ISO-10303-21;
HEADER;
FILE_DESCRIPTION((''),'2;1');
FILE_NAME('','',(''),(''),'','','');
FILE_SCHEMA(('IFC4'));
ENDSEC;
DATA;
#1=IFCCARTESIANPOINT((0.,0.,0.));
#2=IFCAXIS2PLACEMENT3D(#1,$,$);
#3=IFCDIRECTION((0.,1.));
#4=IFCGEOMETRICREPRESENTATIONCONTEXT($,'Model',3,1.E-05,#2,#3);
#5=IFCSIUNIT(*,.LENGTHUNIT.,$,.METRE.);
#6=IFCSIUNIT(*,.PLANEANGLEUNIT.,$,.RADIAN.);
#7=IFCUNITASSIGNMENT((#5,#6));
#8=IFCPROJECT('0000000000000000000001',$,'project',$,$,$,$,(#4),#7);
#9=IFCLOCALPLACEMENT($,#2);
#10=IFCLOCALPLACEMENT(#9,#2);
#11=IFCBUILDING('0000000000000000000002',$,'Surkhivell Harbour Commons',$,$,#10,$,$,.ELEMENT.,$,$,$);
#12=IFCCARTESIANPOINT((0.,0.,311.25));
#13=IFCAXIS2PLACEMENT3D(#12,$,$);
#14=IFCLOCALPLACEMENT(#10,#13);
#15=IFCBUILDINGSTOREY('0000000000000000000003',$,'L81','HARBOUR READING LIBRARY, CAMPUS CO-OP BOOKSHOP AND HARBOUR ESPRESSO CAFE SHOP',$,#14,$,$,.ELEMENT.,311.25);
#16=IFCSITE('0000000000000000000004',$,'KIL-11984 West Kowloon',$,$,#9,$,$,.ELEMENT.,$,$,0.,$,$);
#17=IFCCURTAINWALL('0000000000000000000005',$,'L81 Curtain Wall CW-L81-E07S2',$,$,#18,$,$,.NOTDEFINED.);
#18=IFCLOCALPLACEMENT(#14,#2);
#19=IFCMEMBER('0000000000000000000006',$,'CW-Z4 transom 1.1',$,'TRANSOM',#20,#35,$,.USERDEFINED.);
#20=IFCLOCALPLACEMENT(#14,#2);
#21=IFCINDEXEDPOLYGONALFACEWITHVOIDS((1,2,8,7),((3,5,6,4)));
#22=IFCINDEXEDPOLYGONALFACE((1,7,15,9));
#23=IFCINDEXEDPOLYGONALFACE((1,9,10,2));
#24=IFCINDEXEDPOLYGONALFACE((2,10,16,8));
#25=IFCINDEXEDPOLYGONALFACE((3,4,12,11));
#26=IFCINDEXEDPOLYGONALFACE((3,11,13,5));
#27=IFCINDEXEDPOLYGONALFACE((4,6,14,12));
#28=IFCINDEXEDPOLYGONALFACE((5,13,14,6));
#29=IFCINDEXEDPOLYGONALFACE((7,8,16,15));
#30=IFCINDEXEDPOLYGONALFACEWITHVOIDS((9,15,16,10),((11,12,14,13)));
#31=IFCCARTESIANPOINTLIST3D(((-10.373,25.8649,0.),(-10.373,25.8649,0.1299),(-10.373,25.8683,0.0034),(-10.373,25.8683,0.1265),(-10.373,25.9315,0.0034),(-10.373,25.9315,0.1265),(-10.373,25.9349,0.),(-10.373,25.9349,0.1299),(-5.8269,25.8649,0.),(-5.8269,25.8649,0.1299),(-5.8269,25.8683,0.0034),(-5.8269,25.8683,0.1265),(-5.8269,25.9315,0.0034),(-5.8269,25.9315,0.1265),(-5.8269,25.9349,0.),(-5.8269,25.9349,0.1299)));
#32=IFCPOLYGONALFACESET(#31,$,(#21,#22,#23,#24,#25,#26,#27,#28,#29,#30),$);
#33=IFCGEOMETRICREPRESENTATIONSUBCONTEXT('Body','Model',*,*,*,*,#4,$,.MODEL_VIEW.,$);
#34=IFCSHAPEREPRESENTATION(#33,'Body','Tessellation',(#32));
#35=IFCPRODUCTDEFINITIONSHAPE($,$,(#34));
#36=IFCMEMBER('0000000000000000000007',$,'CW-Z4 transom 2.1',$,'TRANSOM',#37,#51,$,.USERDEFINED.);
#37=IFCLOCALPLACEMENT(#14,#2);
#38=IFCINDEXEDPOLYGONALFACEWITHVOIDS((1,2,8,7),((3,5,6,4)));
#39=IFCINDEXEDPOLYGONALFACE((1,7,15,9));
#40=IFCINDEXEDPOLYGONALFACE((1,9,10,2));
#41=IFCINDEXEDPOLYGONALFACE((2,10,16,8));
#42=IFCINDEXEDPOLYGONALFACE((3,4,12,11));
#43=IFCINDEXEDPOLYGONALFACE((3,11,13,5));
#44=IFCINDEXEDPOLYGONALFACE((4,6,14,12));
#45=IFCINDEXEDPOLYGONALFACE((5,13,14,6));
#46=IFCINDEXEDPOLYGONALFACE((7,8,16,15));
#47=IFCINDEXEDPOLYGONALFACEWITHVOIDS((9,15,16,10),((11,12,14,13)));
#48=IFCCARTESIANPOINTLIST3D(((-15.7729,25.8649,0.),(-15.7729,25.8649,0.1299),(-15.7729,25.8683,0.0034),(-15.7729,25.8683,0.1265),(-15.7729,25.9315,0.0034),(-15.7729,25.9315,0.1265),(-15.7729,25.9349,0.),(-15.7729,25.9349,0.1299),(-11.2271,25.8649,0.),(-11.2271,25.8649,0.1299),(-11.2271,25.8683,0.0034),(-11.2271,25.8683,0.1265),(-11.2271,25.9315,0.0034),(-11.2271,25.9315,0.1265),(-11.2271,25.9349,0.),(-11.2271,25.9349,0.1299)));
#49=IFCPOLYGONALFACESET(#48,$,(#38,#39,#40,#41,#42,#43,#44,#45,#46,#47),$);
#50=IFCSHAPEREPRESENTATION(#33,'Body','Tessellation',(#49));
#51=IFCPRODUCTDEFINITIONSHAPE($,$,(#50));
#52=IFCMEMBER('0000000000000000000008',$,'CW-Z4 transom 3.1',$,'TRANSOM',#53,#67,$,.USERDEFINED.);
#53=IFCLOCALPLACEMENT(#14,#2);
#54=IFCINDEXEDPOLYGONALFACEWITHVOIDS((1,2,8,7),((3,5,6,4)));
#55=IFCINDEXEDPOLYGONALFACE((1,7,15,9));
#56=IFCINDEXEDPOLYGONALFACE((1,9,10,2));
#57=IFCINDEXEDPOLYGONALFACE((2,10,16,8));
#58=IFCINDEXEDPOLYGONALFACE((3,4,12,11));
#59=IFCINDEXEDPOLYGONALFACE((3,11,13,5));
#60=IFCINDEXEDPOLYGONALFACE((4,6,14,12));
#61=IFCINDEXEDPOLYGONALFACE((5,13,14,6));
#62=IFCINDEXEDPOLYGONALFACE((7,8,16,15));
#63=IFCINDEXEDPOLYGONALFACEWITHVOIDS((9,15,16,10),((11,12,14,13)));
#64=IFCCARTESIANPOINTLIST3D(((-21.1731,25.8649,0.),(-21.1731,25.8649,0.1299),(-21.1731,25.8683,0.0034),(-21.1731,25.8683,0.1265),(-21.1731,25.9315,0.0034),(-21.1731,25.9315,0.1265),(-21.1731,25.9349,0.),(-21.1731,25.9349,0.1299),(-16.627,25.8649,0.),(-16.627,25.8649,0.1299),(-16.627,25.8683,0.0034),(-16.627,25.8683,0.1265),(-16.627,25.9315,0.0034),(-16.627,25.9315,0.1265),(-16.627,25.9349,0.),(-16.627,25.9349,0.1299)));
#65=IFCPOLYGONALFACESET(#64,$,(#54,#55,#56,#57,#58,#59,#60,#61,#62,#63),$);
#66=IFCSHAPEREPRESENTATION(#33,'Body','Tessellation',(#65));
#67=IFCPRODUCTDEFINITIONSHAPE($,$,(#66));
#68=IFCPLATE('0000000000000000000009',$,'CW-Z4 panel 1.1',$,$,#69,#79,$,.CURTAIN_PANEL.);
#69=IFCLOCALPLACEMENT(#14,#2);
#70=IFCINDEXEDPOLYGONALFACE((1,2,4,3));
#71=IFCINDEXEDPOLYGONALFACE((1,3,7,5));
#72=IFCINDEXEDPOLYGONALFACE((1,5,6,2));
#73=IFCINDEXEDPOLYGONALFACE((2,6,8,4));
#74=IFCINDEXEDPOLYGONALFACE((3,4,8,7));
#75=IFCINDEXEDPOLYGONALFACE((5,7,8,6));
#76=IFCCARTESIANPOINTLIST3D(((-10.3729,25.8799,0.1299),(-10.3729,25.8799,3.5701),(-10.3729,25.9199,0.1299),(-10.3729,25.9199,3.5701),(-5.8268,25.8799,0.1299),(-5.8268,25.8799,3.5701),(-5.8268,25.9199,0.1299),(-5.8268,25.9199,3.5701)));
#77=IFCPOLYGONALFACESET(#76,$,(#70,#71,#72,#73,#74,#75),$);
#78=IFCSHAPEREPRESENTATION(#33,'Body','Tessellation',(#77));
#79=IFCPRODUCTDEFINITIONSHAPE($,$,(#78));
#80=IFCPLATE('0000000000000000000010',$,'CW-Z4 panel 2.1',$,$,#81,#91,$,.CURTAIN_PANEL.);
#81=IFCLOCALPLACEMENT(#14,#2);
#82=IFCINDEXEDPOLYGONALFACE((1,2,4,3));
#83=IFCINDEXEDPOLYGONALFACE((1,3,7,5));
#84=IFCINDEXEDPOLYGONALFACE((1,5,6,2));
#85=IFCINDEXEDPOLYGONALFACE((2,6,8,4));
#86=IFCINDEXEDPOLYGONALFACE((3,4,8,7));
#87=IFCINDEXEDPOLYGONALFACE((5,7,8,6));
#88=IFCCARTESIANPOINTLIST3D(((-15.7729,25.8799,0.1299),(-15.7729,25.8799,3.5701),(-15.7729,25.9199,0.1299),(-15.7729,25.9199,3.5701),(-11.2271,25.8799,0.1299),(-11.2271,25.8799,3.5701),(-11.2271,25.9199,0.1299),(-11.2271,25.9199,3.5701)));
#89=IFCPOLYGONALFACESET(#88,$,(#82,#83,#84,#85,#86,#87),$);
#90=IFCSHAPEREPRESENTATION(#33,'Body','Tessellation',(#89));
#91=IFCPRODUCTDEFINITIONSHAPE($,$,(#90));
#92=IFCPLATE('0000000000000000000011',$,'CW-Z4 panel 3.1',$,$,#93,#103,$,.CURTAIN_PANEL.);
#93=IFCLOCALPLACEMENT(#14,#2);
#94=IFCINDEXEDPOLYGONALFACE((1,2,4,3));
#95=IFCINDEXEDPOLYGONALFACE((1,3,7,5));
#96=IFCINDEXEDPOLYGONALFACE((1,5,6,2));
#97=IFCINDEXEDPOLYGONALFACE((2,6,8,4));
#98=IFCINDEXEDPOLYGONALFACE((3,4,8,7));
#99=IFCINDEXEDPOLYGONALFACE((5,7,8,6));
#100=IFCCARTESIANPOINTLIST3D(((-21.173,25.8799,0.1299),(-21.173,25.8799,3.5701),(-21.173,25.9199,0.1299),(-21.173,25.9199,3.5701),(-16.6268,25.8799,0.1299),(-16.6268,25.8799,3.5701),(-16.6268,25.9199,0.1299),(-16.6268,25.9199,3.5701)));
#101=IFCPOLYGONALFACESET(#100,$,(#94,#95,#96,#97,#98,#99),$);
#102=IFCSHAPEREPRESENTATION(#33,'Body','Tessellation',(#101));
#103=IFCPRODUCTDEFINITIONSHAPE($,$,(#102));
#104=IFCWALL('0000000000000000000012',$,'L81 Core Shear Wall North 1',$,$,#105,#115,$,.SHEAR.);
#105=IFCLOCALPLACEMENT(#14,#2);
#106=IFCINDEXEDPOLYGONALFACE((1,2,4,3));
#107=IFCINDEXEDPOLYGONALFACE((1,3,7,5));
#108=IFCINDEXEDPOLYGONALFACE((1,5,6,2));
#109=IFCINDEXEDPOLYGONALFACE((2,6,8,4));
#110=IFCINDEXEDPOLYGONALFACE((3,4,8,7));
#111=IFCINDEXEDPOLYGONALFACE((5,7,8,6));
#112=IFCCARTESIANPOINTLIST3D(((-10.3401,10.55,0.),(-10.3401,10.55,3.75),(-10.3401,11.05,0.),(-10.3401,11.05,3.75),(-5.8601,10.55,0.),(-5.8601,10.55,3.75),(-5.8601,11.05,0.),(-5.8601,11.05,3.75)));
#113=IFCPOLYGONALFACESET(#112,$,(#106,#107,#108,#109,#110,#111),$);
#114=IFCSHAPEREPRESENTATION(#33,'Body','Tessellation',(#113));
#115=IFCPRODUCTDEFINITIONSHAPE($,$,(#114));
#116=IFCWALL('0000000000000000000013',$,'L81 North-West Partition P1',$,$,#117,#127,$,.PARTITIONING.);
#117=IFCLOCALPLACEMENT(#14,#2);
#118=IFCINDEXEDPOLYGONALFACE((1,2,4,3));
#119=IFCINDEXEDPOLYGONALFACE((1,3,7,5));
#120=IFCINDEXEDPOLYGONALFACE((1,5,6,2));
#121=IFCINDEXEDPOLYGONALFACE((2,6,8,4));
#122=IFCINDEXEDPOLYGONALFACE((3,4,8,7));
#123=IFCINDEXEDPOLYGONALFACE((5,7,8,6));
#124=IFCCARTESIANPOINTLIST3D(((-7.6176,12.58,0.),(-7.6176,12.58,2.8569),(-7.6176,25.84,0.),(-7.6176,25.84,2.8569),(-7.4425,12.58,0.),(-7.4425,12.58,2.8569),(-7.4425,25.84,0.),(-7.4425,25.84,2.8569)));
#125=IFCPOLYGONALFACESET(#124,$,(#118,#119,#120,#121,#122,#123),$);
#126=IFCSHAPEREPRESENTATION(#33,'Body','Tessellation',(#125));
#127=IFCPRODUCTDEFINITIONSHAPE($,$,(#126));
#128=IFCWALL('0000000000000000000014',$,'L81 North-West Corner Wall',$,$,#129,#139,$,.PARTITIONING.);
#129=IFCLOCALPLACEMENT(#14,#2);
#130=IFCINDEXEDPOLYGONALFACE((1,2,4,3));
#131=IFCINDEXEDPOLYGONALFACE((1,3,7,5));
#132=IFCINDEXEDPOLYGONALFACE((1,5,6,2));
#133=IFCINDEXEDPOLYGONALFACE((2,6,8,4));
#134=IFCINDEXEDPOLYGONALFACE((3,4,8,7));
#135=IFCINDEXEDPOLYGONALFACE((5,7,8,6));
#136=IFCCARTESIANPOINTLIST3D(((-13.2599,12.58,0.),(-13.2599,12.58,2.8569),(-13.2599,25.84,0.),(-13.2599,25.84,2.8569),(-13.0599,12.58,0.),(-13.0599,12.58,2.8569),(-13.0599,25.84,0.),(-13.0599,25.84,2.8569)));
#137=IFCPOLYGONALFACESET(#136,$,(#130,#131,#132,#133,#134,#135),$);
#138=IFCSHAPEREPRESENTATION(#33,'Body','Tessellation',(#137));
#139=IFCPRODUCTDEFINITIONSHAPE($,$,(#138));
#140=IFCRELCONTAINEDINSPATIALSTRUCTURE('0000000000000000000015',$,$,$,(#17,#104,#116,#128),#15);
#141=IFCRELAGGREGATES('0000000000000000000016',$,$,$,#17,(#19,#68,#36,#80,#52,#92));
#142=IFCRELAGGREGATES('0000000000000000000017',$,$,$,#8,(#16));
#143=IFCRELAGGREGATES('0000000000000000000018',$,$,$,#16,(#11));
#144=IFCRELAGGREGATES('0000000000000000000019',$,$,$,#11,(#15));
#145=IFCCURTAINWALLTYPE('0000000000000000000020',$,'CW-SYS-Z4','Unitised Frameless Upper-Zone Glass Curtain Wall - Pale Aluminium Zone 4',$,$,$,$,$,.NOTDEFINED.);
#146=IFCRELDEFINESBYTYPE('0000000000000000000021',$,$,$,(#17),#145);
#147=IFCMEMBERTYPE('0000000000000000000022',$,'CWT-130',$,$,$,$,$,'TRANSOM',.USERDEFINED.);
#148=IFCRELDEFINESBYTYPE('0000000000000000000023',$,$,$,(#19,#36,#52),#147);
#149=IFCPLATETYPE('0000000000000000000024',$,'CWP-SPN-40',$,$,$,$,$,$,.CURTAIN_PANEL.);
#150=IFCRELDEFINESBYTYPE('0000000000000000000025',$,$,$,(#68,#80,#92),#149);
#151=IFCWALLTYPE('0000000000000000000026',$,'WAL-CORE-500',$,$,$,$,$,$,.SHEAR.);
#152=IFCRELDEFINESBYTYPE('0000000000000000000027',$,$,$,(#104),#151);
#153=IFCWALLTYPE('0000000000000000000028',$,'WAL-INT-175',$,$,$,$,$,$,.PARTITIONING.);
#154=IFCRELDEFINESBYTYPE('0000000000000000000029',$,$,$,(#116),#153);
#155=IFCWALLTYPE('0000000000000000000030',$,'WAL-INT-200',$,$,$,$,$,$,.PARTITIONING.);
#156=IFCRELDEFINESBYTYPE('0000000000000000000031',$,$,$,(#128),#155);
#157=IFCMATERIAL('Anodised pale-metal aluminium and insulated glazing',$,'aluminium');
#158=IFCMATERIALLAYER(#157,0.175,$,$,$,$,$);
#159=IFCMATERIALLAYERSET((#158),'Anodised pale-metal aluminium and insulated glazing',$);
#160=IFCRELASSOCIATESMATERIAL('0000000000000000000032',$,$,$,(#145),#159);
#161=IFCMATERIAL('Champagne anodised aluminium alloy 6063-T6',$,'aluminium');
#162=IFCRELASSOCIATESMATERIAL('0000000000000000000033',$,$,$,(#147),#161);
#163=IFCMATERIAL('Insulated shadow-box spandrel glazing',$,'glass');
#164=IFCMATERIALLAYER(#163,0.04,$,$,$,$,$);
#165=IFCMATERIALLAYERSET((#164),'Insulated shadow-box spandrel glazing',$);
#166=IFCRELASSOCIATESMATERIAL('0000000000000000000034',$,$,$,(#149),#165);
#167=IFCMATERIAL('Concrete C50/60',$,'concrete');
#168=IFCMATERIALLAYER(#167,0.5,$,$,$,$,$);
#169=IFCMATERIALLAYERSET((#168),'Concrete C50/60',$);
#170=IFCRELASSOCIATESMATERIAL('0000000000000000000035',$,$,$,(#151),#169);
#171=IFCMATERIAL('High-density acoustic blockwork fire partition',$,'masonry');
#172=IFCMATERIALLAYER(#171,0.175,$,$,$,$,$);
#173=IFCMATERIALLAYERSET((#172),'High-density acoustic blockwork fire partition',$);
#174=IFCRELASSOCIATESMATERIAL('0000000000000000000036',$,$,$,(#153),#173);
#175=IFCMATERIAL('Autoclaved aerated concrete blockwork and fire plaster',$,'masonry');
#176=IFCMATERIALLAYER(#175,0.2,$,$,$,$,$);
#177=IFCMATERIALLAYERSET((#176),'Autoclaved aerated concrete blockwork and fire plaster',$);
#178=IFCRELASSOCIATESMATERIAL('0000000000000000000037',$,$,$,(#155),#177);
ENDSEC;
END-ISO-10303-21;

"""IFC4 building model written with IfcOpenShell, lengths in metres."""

from ifc_helpers import new_model, si_unit, direction, frame, frame_2d, origin, origin_2d, place, context, subcontext, project, spatial, rectangle, hollow_rectangle, extrude, material, layer, layer_set, material_profile, profile_set, type_object, element, aggregate, save


model = new_model("IFC4")

# Units and contexts
model_context = context("Model", 3, precision=1e-05, world=origin(), true_north=direction((0.0, 1.0)))
body_context = subcontext(model_context, "Body", "Model", "MODEL_VIEW")
ifc_project = project(units=[si_unit("LENGTHUNIT", "METRE"), si_unit("PLANEANGLEUNIT", "RADIAN")], contexts=[model_context])

# Site, building, storey
site_placement = place(None, origin())
site = spatial("IfcSite", under=ifc_project, at=site_placement, Name="KIL-11984 West Kowloon", CompositionType="ELEMENT", RefElevation=0.0)
building_placement = place(site_placement, origin())
building = spatial("IfcBuilding", under=site, at=building_placement, Name="Surkhivell Harbour Commons", CompositionType="ELEMENT")
storey_placement = place(building_placement, frame((0.0, 0.0, 311.25)))
storey = spatial("IfcBuildingStorey", under=building, at=storey_placement, Name="L81", Description="HARBOUR READING LIBRARY, CAMPUS CO-OP BOOKSHOP AND HARBOUR ESPRESSO CAFE SHOP", CompositionType="ELEMENT", Elevation=311.25)

# Shared definitions
ifc_material_1 = material(Name="Concrete C50/60", Category="concrete")

# Curtain wall, members, plates
ifc_material_2 = material(Name="Anodised pale-metal aluminium and insulated glazing", Category="aluminium")
ifc_layer_1 = layer(ifc_material_2, 0.175)
ifc_layer_set_1 = layer_set([ifc_layer_1], Name="Anodised pale-metal aluminium and insulated glazing")
curtain_wall_type = type_object("IfcCurtainWallType", Name="CW-SYS-Z4", Description="Unitised Frameless Upper-Zone Glass Curtain Wall - Pale Aluminium Zone 4", PredefinedType="NOTDEFINED", material=ifc_layer_set_1)
curtain_wall_placement = place(storey_placement, origin())
curtain_wall = element("IfcCurtainWall", 1, at=curtain_wall_placement, inside=storey, type_object=curtain_wall_type, Name="L81 Curtain Wall CW-L81-E07S2", PredefinedType="NOTDEFINED")
ifc_material_3 = material(Name="Champagne anodised aluminium alloy 6063-T6", Category="aluminium")
ifc_material_profile_1 = material_profile(ifc_material_3, hollow_rectangle(XDim=0.0701, YDim=0.1299, WallThickness=0.0034, at=origin_2d()), Name="ALU-TRAN-70x130")
ifc_profile_set_1 = profile_set([ifc_material_profile_1], Name="Champagne anodised aluminium alloy 6063-T6")
member_type_1 = type_object("IfcMemberType", Name="CWT-130", ElementType="TRANSOM", PredefinedType="USERDEFINED", material=ifc_profile_set_1)
member_1_placement = place(storey_placement, frame((-5.8269, 25.8999, 0.0649), z_axis=(-1.0, 0.0, 0.0), x_axis=(0.0, -1.0, 0.0)))
member_1 = element("IfcMember", 2, at=member_1_placement, type_object=member_type_1, Name="CW-Z4 transom 1.1", ObjectType="TRANSOM", PredefinedType="USERDEFINED", context=body_context, shape_type="SweptSolid", body=[
    extrude(hollow_rectangle(XDim=0.0701, YDim=0.1299, WallThickness=0.0034, at=origin_2d()), origin(), (0.0, 0.0, 1.0), 4.5461),
])
member_2_placement = place(storey_placement, frame((-11.2271, 25.8999, 0.0649), z_axis=(-1.0, 0.0, 0.0), x_axis=(0.0, -1.0, 0.0)))
member_2 = element("IfcMember", 3, at=member_2_placement, type_object=member_type_1, Name="CW-Z4 transom 2.1", ObjectType="TRANSOM", PredefinedType="USERDEFINED", context=body_context, shape_type="SweptSolid", body=[
    extrude(hollow_rectangle(XDim=0.0701, YDim=0.1299, WallThickness=0.0034, at=origin_2d()), origin(), (0.0, 0.0, 1.0), 4.5459),
])
member_3_placement = place(storey_placement, frame((-16.627, 25.8999, 0.0649), z_axis=(-1.0, 0.0, 0.0), x_axis=(0.0, -1.0, 0.0)))
member_3 = element("IfcMember", 4, at=member_3_placement, type_object=member_type_1, Name="CW-Z4 transom 3.1", ObjectType="TRANSOM", PredefinedType="USERDEFINED", context=body_context, shape_type="SweptSolid", body=[
    extrude(hollow_rectangle(XDim=0.0701, YDim=0.1299, WallThickness=0.0034, at=origin_2d()), origin(), (0.0, 0.0, 1.0), 4.5461),
])
ifc_material_4 = material(Name="Insulated shadow-box spandrel glazing", Category="glass")
ifc_layer_2 = layer(ifc_material_4, 0.04)
ifc_layer_set_2 = layer_set([ifc_layer_2], Name="Insulated shadow-box spandrel glazing")
plate_type = type_object("IfcPlateType", Name="CWP-SPN-40", PredefinedType="CURTAIN_PANEL", material=ifc_layer_set_2)
plate_1_placement = place(storey_placement, frame((-5.8269, 25.8999, 0.1299), z_axis=(0.0, 0.0, 1.0), x_axis=(-1.0, 0.0, 0.0)))
plate_1 = element("IfcPlate", 5, at=plate_1_placement, type_object=plate_type, Name="CW-Z4 panel 1.1", PredefinedType="CURTAIN_PANEL", context=body_context, shape_type="SweptSolid", body=[
    extrude(rectangle(XDim=4.5461, YDim=0.04, at=frame_2d((2.2729, 0.0))), origin(), (0.0, 0.0, 1.0), 3.4402),
])
plate_2_placement = place(storey_placement, frame((-11.2271, 25.8999, 0.1299), z_axis=(0.0, 0.0, 1.0), x_axis=(-1.0, 0.0, 0.0)))
plate_2 = element("IfcPlate", 6, at=plate_2_placement, type_object=plate_type, Name="CW-Z4 panel 2.1", PredefinedType="CURTAIN_PANEL", context=body_context, shape_type="SweptSolid", body=[
    extrude(rectangle(XDim=4.5459, YDim=0.04, at=frame_2d((2.2729, 0.0))), origin(), (0.0, 0.0, 1.0), 3.4402),
])
plate_3_placement = place(storey_placement, frame((-16.627, 25.8999, 0.1299), z_axis=(0.0, 0.0, 1.0), x_axis=(-1.0, 0.0, 0.0)))
plate_3 = element("IfcPlate", 7, at=plate_3_placement, type_object=plate_type, Name="CW-Z4 panel 3.1", PredefinedType="CURTAIN_PANEL", context=body_context, shape_type="SweptSolid", body=[
    extrude(rectangle(XDim=4.5461, YDim=0.04, at=frame_2d((2.2729, 0.0))), origin(), (0.0, 0.0, 1.0), 3.4402),
])
aggregate(curtain_wall, [member_1, plate_1, member_2, plate_2, member_3, plate_3])

# Walls
ifc_layer_3 = layer(ifc_material_1, 0.5)
ifc_layer_set_3 = layer_set([ifc_layer_3], Name="Concrete C50/60")
wall_type_1 = type_object("IfcWallType", Name="WAL-CORE-500", PredefinedType="SHEAR", material=ifc_layer_set_3)
wall_1_placement = place(storey_placement, frame((-10.3401, 10.8, 0.0), z_axis=(0.0, 0.0, 1.0), x_axis=(1.0, 0.0, 0.0)))
element("IfcWall", 8, at=wall_1_placement, inside=storey, type_object=wall_type_1, Name="L81 Core Shear Wall North 1", PredefinedType="SHEAR", context=body_context, shape_type="SweptSolid", body=[
    extrude(rectangle(XDim=4.48, YDim=0.5, at=frame_2d((2.24, 0.0))), origin(), (0.0, 0.0, 1.0), 3.75),
])
ifc_material_5 = material(Name="High-density acoustic blockwork fire partition", Category="masonry")
ifc_layer_4 = layer(ifc_material_5, 0.175)
ifc_layer_set_4 = layer_set([ifc_layer_4], Name="High-density acoustic blockwork fire partition")
wall_type_2 = type_object("IfcWallType", Name="WAL-INT-175", PredefinedType="PARTITIONING", material=ifc_layer_set_4)
wall_2_placement = place(storey_placement, frame((-7.53, 12.5801, 0.0), z_axis=(0.0, 0.0, 1.0), x_axis=(0.0, 1.0, 0.0)))
element("IfcWall", 9, at=wall_2_placement, inside=storey, type_object=wall_type_2, Name="L81 North-West Partition P1", PredefinedType="PARTITIONING", context=body_context, shape_type="SweptSolid", body=[
    extrude(rectangle(XDim=13.26, YDim=0.175, at=frame_2d((6.6299, 0.0))), origin(), (0.0, 0.0, 1.0), 2.8569),
])
ifc_material_6 = material(Name="Autoclaved aerated concrete blockwork and fire plaster", Category="masonry")
ifc_layer_5 = layer(ifc_material_6, 0.2)
ifc_layer_set_5 = layer_set([ifc_layer_5], Name="Autoclaved aerated concrete blockwork and fire plaster")
wall_type_3 = type_object("IfcWallType", Name="WAL-INT-200", PredefinedType="PARTITIONING", material=ifc_layer_set_5)
wall_3_placement = place(storey_placement, frame((-13.1599, 12.5801, 0.0), z_axis=(0.0, 0.0, 1.0), x_axis=(0.0, 1.0, 0.0)))
element("IfcWall", 10, at=wall_3_placement, inside=storey, type_object=wall_type_3, Name="L81 North-West Corner Wall", PredefinedType="PARTITIONING", context=body_context, shape_type="SweptSolid", body=[
    extrude(rectangle(XDim=13.26, YDim=0.2, at=frame_2d((6.6299, 0.0))), origin(), (0.0, 0.0, 1.0), 2.8569),
])

save(model, "model.ifc")
